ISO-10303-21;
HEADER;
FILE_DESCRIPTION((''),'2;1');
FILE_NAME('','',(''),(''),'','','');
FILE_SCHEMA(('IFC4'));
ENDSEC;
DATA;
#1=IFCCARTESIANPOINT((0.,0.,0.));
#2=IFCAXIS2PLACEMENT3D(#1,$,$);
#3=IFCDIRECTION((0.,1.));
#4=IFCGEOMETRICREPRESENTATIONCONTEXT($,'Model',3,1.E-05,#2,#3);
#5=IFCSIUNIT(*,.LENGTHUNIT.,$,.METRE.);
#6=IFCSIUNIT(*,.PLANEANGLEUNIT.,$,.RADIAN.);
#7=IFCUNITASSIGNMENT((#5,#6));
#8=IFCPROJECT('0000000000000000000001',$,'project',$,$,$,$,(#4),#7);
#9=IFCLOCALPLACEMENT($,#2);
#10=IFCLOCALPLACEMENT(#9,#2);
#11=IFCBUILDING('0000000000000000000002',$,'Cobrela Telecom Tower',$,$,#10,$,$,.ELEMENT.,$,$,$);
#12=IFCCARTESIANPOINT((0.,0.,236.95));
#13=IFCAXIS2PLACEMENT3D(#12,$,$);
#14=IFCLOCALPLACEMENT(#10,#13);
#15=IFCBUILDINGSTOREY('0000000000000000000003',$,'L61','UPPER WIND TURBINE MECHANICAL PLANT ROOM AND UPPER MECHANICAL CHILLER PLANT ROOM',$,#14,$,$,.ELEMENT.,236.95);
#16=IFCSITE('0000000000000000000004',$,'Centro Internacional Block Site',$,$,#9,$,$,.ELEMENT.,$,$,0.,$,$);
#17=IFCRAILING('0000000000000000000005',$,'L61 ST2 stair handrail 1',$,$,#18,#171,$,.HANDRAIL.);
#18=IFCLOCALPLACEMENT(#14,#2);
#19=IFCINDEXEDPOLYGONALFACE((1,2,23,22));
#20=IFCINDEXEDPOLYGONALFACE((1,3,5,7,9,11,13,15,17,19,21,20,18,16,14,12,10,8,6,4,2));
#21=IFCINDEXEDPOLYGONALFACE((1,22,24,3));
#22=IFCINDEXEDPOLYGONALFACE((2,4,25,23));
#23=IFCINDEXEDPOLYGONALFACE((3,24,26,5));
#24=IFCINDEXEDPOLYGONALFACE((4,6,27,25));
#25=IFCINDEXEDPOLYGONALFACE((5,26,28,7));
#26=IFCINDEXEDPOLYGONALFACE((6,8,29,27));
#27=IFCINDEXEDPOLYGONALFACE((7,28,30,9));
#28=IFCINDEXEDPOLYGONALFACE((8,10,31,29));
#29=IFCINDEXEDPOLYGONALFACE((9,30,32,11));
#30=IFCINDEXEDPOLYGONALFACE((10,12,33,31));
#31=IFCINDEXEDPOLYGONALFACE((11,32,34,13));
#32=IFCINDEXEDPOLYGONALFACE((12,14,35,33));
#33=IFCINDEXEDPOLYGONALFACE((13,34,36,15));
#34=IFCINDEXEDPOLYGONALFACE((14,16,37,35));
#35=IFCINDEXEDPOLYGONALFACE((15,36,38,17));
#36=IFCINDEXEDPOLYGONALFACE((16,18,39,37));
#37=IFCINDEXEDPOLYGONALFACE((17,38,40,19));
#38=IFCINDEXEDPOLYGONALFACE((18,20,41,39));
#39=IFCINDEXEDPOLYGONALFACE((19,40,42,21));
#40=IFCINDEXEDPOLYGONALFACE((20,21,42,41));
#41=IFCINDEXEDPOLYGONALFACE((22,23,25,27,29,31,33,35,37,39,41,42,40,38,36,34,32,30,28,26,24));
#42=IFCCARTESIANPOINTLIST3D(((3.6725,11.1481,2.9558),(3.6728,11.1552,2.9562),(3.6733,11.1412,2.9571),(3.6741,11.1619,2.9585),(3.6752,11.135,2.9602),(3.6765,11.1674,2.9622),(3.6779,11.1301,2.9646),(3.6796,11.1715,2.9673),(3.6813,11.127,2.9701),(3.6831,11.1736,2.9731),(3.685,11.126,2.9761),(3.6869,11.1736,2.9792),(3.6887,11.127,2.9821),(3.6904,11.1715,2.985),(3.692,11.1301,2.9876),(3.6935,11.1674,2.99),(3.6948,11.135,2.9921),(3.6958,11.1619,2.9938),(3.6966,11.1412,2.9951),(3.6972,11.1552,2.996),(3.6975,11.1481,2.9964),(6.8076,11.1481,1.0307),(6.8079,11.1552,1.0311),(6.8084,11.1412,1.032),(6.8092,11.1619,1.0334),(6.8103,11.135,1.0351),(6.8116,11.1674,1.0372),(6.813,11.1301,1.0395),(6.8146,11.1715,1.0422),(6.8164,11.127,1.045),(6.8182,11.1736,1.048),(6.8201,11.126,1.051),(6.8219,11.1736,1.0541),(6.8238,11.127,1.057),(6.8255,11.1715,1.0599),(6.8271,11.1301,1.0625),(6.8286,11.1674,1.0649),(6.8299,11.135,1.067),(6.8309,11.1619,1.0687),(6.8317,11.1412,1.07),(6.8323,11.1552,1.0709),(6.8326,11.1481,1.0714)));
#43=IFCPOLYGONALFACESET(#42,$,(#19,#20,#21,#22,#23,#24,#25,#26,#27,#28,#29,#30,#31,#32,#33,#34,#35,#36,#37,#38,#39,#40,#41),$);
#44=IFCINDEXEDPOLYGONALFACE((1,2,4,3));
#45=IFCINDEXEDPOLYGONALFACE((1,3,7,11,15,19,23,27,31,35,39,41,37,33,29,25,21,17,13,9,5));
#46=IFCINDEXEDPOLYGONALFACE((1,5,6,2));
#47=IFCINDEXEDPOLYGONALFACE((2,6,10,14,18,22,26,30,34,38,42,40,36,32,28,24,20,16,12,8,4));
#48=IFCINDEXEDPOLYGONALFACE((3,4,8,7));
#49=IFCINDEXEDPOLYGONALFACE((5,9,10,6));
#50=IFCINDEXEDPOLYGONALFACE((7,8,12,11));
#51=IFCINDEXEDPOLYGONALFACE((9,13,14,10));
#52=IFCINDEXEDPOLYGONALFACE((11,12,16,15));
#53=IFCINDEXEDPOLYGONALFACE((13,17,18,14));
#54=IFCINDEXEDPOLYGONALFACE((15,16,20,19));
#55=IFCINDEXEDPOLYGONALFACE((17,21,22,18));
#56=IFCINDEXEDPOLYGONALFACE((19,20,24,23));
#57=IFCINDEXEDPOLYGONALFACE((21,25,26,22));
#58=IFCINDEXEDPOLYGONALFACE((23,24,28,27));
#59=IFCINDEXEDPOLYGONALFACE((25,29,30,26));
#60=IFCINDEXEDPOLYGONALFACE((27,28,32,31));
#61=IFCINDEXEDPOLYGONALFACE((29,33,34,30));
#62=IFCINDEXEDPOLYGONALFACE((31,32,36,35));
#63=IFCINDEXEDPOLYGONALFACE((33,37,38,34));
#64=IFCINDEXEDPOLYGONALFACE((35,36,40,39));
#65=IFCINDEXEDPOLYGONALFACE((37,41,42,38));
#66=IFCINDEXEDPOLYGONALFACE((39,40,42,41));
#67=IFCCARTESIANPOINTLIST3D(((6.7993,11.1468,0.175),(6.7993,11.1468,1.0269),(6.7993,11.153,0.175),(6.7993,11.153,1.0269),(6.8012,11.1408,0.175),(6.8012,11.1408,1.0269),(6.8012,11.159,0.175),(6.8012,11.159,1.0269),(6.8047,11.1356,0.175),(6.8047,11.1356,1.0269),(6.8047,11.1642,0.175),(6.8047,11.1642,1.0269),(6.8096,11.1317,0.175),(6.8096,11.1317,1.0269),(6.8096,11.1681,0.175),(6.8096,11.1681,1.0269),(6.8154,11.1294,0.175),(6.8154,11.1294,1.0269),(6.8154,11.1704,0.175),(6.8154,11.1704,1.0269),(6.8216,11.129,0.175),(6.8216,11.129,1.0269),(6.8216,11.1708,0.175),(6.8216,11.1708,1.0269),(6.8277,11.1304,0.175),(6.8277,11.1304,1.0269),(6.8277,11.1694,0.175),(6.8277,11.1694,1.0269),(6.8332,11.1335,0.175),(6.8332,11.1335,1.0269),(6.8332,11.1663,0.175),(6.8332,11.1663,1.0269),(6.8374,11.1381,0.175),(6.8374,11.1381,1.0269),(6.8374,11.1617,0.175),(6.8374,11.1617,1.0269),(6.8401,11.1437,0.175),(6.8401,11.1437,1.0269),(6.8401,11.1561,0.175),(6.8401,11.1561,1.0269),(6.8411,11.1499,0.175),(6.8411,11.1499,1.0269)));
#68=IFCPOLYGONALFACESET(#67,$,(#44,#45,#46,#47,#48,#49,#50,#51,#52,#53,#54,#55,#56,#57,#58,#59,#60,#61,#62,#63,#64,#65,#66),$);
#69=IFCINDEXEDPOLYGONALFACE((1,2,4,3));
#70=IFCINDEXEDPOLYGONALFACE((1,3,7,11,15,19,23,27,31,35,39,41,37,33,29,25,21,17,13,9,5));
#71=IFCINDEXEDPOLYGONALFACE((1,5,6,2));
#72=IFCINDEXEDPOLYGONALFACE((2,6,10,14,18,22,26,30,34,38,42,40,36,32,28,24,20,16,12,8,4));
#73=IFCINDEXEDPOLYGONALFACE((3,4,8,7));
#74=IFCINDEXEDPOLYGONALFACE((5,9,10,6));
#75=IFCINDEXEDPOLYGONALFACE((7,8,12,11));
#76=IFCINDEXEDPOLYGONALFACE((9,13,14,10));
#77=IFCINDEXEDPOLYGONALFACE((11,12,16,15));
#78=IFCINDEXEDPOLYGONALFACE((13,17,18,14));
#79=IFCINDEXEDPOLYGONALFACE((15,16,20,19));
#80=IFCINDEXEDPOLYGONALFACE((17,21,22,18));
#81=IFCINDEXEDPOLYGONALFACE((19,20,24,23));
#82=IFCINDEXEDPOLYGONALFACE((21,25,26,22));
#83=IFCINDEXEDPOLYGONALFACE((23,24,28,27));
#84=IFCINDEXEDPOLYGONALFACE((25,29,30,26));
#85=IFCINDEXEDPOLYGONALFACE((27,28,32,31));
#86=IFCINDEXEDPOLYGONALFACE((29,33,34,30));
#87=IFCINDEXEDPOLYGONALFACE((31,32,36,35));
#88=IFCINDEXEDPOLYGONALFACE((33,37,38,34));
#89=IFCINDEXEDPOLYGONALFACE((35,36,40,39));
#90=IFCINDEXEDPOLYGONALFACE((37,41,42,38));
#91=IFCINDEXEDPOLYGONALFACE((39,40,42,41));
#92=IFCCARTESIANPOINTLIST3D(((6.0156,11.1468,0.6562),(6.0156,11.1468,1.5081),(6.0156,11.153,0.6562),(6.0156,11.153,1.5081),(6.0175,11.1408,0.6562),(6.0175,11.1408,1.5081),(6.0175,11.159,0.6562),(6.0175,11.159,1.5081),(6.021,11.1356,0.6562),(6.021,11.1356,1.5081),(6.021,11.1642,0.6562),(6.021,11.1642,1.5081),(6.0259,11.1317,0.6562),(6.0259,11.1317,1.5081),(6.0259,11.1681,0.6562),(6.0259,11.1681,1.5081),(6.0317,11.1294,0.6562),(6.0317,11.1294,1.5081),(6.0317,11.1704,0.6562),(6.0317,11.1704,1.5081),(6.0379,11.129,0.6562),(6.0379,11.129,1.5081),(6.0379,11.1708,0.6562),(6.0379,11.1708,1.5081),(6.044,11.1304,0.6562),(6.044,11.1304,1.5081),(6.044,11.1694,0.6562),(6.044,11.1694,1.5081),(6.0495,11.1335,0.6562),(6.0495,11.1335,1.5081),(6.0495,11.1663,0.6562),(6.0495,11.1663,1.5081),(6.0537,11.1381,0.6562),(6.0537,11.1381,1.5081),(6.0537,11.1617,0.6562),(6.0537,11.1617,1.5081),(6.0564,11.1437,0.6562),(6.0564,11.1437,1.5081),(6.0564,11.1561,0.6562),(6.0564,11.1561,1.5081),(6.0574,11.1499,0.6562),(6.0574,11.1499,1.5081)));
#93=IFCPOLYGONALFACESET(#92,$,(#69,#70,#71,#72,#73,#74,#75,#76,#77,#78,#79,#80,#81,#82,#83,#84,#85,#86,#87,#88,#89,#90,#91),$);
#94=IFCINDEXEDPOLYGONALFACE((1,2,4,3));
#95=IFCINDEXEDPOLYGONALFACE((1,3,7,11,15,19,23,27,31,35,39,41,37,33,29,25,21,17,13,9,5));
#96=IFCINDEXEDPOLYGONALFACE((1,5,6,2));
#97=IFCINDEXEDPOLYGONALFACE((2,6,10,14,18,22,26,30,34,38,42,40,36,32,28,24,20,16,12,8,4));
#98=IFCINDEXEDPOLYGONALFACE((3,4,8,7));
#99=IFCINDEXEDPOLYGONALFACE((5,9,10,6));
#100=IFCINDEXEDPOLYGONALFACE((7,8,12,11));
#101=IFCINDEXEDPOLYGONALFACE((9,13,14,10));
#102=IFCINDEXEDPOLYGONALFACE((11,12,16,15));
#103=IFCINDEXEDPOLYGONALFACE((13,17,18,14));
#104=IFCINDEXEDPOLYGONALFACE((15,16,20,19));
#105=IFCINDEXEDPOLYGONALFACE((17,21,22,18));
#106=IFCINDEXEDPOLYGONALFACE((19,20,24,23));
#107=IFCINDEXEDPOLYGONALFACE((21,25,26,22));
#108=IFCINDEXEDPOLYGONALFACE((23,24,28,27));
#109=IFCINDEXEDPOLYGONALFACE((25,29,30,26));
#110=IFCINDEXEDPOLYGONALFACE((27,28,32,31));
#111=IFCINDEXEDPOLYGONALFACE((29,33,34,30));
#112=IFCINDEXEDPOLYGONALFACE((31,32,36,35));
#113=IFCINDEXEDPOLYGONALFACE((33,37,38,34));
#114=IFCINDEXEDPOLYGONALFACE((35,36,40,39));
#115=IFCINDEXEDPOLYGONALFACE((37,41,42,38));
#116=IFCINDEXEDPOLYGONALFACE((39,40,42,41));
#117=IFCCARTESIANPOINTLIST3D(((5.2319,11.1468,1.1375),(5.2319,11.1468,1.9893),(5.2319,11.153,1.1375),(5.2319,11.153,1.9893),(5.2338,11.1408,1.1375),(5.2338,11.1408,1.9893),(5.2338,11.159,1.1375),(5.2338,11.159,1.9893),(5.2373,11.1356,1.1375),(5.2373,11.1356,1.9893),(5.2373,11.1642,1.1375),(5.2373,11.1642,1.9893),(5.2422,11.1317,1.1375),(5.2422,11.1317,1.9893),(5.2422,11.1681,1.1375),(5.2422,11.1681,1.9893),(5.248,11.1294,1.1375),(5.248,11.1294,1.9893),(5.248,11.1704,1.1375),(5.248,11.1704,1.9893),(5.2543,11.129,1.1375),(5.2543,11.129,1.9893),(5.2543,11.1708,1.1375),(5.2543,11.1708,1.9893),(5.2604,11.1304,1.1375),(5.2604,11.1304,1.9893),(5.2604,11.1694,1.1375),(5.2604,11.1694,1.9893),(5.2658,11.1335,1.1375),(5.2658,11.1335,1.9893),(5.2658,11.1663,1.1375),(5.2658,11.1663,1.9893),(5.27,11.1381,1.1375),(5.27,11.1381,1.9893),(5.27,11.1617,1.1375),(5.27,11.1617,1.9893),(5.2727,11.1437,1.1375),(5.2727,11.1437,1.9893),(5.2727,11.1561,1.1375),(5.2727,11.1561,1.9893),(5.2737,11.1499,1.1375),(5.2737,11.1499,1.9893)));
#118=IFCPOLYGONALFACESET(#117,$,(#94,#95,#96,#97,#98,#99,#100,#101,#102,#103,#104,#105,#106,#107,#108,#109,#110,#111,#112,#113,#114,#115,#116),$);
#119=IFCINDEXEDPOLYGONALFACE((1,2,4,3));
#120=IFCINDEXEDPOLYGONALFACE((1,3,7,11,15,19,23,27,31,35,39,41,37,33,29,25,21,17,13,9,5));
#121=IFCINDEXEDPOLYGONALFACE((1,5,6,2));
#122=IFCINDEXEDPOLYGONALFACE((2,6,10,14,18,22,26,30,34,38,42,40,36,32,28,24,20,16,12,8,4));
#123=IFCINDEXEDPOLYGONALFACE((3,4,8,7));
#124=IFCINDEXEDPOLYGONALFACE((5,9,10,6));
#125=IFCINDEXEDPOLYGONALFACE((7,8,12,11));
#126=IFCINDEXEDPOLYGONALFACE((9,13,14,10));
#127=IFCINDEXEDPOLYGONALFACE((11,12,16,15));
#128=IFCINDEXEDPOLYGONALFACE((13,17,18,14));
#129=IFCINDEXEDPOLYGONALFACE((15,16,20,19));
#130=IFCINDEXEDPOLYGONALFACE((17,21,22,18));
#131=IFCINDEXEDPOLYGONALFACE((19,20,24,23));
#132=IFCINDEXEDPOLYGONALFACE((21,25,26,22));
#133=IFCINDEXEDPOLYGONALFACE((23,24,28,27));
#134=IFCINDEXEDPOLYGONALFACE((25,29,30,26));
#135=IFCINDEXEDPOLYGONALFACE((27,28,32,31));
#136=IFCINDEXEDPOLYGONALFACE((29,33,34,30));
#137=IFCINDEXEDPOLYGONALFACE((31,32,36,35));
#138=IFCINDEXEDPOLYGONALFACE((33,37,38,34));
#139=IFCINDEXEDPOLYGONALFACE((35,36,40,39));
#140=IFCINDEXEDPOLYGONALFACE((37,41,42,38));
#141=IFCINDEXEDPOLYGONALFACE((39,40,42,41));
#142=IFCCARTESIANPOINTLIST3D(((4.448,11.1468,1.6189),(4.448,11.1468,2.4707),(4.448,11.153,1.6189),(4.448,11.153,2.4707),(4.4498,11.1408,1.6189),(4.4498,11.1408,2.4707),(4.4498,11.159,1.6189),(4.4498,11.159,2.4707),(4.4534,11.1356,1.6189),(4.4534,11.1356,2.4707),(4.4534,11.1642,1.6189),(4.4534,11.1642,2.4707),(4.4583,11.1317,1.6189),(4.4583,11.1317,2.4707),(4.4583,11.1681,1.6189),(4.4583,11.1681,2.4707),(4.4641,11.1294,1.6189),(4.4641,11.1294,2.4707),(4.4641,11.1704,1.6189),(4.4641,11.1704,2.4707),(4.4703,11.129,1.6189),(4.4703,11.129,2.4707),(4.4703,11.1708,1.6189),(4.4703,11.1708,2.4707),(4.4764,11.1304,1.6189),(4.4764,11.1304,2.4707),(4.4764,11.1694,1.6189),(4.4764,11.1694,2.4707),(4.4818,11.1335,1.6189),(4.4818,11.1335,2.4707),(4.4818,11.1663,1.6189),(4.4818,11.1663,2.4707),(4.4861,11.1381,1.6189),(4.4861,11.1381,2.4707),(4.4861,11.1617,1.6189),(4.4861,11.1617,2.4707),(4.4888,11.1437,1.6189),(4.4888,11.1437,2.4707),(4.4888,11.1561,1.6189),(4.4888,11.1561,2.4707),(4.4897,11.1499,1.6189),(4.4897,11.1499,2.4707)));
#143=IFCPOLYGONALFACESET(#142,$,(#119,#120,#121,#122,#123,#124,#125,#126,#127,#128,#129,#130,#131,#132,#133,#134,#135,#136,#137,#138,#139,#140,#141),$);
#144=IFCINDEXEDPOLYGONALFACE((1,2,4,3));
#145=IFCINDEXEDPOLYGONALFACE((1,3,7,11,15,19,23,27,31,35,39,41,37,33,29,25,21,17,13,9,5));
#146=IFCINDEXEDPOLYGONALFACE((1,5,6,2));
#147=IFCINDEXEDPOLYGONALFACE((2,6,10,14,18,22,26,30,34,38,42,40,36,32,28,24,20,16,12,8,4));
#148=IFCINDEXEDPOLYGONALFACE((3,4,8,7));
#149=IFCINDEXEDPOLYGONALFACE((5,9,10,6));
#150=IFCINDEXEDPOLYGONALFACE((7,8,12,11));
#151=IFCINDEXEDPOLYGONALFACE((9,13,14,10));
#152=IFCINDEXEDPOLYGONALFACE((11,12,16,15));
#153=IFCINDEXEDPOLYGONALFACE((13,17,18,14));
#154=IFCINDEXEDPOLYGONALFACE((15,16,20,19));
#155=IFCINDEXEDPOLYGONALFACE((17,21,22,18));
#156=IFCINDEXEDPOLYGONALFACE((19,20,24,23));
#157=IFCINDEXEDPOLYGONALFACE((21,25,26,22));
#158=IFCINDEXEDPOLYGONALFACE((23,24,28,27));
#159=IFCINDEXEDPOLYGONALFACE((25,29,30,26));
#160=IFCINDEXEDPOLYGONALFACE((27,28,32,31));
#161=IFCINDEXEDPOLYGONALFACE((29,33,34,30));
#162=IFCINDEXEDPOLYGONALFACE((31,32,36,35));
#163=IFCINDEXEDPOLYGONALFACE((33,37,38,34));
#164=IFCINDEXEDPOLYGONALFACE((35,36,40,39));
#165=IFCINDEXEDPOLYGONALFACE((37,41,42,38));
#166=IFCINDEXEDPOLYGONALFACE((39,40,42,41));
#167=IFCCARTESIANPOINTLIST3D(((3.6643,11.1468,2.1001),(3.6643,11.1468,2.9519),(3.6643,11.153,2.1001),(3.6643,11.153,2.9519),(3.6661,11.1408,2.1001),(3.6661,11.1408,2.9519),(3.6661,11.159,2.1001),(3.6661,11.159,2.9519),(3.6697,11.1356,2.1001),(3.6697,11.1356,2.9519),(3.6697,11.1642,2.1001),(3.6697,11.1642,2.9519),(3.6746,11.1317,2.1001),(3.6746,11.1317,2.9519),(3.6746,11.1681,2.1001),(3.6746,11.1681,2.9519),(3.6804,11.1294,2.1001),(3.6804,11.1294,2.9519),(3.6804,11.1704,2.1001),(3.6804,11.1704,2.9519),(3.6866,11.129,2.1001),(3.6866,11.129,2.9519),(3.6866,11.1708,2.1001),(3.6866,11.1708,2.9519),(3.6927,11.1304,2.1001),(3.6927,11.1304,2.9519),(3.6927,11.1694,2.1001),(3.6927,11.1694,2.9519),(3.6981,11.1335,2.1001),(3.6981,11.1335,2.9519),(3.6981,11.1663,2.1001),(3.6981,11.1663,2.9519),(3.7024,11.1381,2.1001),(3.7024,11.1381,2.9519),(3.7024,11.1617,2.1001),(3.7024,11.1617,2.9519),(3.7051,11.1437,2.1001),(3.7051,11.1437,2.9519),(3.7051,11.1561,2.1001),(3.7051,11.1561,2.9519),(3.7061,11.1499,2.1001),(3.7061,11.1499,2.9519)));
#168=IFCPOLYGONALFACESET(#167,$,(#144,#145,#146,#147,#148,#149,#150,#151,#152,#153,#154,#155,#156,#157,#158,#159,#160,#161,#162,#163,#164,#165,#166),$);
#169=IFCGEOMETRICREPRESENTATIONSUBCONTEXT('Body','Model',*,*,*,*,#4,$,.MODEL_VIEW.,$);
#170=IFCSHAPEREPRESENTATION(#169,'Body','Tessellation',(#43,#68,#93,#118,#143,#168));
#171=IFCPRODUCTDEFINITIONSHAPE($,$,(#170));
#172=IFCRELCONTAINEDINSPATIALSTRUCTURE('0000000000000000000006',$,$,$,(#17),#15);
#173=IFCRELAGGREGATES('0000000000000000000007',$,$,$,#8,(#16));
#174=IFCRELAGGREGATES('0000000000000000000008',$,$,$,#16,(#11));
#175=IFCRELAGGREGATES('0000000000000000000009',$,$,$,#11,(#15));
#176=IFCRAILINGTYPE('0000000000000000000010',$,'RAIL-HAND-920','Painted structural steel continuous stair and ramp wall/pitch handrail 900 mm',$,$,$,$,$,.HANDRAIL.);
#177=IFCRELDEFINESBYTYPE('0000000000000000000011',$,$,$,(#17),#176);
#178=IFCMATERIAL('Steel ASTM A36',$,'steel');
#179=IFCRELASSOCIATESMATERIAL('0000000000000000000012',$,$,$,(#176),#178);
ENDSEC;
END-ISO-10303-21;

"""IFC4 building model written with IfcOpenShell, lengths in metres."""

from ifc_helpers import new_model, si_unit, direction, frame, origin, origin_2d, place, context, subcontext, project, spatial, circle, extrude, material, type_object, element, save


model = new_model("IFC4")

# Units and contexts
model_context = context("Model", 3, precision=1e-05, world=origin(), true_north=direction((0.0, 1.0)))
body_context = subcontext(model_context, "Body", "Model", "MODEL_VIEW")
ifc_project = project(units=[si_unit("LENGTHUNIT", "METRE"), si_unit("PLANEANGLEUNIT", "RADIAN")], contexts=[model_context])

# Site, building, storey
site_placement = place(None, origin())
site = spatial("IfcSite", under=ifc_project, at=site_placement, Name="Centro Internacional Block Site", CompositionType="ELEMENT", RefElevation=0.0)
building_placement = place(site_placement, origin())
building = spatial("IfcBuilding", under=site, at=building_placement, Name="Cobrela Telecom Tower", CompositionType="ELEMENT")
storey_placement = place(building_placement, frame((0.0, 0.0, 236.95)))
storey = spatial("IfcBuildingStorey", under=building, at=storey_placement, Name="L61", Description="UPPER WIND TURBINE MECHANICAL PLANT ROOM AND UPPER MECHANICAL CHILLER PLANT ROOM", CompositionType="ELEMENT", Elevation=236.95)

# Shared definitions
ifc_material_1 = material(Name="Steel ASTM A36", Category="steel")

# Railing
railing_type_1 = type_object("IfcRailingType", Name="RAIL-HAND-920", Description="Painted structural steel continuous stair and ramp wall/pitch handrail 900 mm", PredefinedType="HANDRAIL", material=ifc_material_1)
railing_1_placement = place(storey_placement, frame((6.8201, 11.1499, 0.175)))
element("IfcRailing", 1, at=railing_1_placement, inside=storey, type_object=railing_type_1, Name="L61 ST2 stair handrail 1", PredefinedType="HANDRAIL", context=body_context, shape_type="SweptSolid", body=[
    extrude(circle(Radius=0.0239, at=origin_2d()), frame((0.0, 0.0, 0.876), z_axis=(-0.852166, 0.0, 0.523271), x_axis=(0.0, -1.0, 0.0)), (0.0, 0.0, 1.0), 3.679),
    extrude(circle(Radius=0.021, at=origin_2d()), origin(), (0.0, 0.0, 1.0), 0.8518),
    extrude(circle(Radius=0.021, at=origin_2d()), frame((-0.7837, 0.0, 0.4812)), (0.0, 0.0, 1.0), 0.8518),
    extrude(circle(Radius=0.021, at=origin_2d()), frame((-1.5674, 0.0, 0.9624)), (0.0, 0.0, 1.0), 0.8518),
    extrude(circle(Radius=0.021, at=origin_2d()), frame((-2.3513, 0.0, 1.4438)), (0.0, 0.0, 1.0), 0.8518),
    extrude(circle(Radius=0.021, at=origin_2d()), frame((-3.135, 0.0, 1.925)), (0.0, 0.0, 1.0), 0.8518),
])

save(model, "model.ifc")
